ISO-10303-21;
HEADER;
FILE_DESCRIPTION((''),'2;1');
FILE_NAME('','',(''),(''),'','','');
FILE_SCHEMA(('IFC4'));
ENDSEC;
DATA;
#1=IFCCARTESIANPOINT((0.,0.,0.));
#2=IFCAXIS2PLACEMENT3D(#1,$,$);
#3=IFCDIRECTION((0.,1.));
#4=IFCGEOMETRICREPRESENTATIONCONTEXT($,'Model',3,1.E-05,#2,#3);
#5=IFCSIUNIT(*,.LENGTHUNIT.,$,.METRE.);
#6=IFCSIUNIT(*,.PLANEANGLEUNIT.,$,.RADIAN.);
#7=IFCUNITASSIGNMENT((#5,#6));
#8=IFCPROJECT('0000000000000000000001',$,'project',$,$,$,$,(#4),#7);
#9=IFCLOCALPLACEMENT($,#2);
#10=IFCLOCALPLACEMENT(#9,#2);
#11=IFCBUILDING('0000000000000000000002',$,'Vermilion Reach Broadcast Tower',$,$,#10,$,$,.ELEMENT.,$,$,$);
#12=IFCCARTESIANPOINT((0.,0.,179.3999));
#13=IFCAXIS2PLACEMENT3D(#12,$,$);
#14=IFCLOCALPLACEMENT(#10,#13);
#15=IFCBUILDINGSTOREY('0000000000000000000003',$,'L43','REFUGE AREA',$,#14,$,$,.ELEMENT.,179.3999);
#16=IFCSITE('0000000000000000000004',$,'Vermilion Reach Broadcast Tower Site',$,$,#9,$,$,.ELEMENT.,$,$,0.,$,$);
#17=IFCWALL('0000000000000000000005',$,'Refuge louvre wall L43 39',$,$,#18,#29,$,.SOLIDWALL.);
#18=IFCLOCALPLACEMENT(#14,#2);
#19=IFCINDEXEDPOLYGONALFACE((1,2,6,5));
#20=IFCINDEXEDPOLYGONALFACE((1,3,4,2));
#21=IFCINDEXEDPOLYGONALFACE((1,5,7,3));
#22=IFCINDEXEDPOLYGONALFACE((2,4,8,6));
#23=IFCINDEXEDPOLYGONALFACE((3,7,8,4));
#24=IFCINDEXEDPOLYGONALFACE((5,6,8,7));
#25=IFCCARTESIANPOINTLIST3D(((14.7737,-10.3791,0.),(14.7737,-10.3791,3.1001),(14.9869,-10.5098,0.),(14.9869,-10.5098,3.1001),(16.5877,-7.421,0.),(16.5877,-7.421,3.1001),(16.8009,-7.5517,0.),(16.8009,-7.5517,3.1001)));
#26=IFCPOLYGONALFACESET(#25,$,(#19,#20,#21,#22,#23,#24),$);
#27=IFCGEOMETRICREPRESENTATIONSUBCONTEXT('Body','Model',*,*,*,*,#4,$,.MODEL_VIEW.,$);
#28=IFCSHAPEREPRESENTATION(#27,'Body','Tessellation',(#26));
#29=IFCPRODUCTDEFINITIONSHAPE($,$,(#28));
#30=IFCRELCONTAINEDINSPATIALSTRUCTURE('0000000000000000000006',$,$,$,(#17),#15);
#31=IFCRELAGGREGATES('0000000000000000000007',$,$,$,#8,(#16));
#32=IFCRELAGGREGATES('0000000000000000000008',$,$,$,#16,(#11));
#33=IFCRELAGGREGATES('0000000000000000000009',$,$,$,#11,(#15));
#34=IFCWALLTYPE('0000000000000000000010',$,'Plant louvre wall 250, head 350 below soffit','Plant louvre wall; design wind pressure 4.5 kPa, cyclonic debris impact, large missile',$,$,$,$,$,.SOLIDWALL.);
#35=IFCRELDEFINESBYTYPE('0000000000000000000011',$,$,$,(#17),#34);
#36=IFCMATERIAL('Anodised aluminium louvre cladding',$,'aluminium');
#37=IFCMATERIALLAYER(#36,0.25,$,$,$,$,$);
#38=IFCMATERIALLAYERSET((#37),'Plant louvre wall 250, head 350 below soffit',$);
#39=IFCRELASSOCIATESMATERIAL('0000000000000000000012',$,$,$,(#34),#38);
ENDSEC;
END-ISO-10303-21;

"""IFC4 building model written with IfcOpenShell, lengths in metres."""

from ifc_helpers import new_model, si_unit, direction, frame, frame_2d, origin, place, context, subcontext, project, spatial, rectangle, extrude, material, layer, layer_set, type_object, element, save


model = new_model("IFC4")

# Units and contexts
model_context = context("Model", 3, precision=1e-05, world=origin(), true_north=direction((0.0, 1.0)))
body_context = subcontext(model_context, "Body", "Model", "MODEL_VIEW")
ifc_project = project(units=[si_unit("LENGTHUNIT", "METRE"), si_unit("PLANEANGLEUNIT", "RADIAN")], contexts=[model_context])

# Site, building, storey
site_placement = place(None, origin())
site = spatial("IfcSite", under=ifc_project, at=site_placement, Name="Vermilion Reach Broadcast Tower Site", CompositionType="ELEMENT", RefElevation=0.0)
building_placement = place(site_placement, origin())
building = spatial("IfcBuilding", under=site, at=building_placement, Name="Vermilion Reach Broadcast Tower", CompositionType="ELEMENT")
storey_placement = place(building_placement, frame((0.0, 0.0, 179.3999)))
storey = spatial("IfcBuildingStorey", under=building, at=storey_placement, Name="L43", Description="REFUGE AREA", CompositionType="ELEMENT", Elevation=179.3999)

# Wall
ifc_material_1 = material(Name="Anodised aluminium louvre cladding", Category="aluminium")
ifc_layer_1 = layer(ifc_material_1, 0.25)
ifc_layer_set_1 = layer_set([ifc_layer_1], Name="Plant louvre wall 250, head 350 below soffit")
wall_type_1 = type_object("IfcWallType", Name="Plant louvre wall 250, head 350 below soffit", Description="Plant louvre wall; design wind pressure 4.5 kPa, cyclonic debris impact, large missile", PredefinedType="SOLIDWALL", material=ifc_layer_set_1)
wall_1_placement = place(storey_placement, frame((14.8804, -10.4443, 0.0), z_axis=(0.0, 0.0, 1.0), x_axis=(0.52277, 0.852474, 0.0)))
element("IfcWall", 1, at=wall_1_placement, inside=storey, type_object=wall_type_1, Name="Refuge louvre wall L43 39", PredefinedType="SOLIDWALL", context=body_context, shape_type="SweptSolid", body=[
    extrude(rectangle(XDim=3.47, YDim=0.25, at=frame_2d((1.7349, 0.0))), origin(), (0.0, 0.0, 1.0), 3.1001),
])

save(model, "model.ifc")
